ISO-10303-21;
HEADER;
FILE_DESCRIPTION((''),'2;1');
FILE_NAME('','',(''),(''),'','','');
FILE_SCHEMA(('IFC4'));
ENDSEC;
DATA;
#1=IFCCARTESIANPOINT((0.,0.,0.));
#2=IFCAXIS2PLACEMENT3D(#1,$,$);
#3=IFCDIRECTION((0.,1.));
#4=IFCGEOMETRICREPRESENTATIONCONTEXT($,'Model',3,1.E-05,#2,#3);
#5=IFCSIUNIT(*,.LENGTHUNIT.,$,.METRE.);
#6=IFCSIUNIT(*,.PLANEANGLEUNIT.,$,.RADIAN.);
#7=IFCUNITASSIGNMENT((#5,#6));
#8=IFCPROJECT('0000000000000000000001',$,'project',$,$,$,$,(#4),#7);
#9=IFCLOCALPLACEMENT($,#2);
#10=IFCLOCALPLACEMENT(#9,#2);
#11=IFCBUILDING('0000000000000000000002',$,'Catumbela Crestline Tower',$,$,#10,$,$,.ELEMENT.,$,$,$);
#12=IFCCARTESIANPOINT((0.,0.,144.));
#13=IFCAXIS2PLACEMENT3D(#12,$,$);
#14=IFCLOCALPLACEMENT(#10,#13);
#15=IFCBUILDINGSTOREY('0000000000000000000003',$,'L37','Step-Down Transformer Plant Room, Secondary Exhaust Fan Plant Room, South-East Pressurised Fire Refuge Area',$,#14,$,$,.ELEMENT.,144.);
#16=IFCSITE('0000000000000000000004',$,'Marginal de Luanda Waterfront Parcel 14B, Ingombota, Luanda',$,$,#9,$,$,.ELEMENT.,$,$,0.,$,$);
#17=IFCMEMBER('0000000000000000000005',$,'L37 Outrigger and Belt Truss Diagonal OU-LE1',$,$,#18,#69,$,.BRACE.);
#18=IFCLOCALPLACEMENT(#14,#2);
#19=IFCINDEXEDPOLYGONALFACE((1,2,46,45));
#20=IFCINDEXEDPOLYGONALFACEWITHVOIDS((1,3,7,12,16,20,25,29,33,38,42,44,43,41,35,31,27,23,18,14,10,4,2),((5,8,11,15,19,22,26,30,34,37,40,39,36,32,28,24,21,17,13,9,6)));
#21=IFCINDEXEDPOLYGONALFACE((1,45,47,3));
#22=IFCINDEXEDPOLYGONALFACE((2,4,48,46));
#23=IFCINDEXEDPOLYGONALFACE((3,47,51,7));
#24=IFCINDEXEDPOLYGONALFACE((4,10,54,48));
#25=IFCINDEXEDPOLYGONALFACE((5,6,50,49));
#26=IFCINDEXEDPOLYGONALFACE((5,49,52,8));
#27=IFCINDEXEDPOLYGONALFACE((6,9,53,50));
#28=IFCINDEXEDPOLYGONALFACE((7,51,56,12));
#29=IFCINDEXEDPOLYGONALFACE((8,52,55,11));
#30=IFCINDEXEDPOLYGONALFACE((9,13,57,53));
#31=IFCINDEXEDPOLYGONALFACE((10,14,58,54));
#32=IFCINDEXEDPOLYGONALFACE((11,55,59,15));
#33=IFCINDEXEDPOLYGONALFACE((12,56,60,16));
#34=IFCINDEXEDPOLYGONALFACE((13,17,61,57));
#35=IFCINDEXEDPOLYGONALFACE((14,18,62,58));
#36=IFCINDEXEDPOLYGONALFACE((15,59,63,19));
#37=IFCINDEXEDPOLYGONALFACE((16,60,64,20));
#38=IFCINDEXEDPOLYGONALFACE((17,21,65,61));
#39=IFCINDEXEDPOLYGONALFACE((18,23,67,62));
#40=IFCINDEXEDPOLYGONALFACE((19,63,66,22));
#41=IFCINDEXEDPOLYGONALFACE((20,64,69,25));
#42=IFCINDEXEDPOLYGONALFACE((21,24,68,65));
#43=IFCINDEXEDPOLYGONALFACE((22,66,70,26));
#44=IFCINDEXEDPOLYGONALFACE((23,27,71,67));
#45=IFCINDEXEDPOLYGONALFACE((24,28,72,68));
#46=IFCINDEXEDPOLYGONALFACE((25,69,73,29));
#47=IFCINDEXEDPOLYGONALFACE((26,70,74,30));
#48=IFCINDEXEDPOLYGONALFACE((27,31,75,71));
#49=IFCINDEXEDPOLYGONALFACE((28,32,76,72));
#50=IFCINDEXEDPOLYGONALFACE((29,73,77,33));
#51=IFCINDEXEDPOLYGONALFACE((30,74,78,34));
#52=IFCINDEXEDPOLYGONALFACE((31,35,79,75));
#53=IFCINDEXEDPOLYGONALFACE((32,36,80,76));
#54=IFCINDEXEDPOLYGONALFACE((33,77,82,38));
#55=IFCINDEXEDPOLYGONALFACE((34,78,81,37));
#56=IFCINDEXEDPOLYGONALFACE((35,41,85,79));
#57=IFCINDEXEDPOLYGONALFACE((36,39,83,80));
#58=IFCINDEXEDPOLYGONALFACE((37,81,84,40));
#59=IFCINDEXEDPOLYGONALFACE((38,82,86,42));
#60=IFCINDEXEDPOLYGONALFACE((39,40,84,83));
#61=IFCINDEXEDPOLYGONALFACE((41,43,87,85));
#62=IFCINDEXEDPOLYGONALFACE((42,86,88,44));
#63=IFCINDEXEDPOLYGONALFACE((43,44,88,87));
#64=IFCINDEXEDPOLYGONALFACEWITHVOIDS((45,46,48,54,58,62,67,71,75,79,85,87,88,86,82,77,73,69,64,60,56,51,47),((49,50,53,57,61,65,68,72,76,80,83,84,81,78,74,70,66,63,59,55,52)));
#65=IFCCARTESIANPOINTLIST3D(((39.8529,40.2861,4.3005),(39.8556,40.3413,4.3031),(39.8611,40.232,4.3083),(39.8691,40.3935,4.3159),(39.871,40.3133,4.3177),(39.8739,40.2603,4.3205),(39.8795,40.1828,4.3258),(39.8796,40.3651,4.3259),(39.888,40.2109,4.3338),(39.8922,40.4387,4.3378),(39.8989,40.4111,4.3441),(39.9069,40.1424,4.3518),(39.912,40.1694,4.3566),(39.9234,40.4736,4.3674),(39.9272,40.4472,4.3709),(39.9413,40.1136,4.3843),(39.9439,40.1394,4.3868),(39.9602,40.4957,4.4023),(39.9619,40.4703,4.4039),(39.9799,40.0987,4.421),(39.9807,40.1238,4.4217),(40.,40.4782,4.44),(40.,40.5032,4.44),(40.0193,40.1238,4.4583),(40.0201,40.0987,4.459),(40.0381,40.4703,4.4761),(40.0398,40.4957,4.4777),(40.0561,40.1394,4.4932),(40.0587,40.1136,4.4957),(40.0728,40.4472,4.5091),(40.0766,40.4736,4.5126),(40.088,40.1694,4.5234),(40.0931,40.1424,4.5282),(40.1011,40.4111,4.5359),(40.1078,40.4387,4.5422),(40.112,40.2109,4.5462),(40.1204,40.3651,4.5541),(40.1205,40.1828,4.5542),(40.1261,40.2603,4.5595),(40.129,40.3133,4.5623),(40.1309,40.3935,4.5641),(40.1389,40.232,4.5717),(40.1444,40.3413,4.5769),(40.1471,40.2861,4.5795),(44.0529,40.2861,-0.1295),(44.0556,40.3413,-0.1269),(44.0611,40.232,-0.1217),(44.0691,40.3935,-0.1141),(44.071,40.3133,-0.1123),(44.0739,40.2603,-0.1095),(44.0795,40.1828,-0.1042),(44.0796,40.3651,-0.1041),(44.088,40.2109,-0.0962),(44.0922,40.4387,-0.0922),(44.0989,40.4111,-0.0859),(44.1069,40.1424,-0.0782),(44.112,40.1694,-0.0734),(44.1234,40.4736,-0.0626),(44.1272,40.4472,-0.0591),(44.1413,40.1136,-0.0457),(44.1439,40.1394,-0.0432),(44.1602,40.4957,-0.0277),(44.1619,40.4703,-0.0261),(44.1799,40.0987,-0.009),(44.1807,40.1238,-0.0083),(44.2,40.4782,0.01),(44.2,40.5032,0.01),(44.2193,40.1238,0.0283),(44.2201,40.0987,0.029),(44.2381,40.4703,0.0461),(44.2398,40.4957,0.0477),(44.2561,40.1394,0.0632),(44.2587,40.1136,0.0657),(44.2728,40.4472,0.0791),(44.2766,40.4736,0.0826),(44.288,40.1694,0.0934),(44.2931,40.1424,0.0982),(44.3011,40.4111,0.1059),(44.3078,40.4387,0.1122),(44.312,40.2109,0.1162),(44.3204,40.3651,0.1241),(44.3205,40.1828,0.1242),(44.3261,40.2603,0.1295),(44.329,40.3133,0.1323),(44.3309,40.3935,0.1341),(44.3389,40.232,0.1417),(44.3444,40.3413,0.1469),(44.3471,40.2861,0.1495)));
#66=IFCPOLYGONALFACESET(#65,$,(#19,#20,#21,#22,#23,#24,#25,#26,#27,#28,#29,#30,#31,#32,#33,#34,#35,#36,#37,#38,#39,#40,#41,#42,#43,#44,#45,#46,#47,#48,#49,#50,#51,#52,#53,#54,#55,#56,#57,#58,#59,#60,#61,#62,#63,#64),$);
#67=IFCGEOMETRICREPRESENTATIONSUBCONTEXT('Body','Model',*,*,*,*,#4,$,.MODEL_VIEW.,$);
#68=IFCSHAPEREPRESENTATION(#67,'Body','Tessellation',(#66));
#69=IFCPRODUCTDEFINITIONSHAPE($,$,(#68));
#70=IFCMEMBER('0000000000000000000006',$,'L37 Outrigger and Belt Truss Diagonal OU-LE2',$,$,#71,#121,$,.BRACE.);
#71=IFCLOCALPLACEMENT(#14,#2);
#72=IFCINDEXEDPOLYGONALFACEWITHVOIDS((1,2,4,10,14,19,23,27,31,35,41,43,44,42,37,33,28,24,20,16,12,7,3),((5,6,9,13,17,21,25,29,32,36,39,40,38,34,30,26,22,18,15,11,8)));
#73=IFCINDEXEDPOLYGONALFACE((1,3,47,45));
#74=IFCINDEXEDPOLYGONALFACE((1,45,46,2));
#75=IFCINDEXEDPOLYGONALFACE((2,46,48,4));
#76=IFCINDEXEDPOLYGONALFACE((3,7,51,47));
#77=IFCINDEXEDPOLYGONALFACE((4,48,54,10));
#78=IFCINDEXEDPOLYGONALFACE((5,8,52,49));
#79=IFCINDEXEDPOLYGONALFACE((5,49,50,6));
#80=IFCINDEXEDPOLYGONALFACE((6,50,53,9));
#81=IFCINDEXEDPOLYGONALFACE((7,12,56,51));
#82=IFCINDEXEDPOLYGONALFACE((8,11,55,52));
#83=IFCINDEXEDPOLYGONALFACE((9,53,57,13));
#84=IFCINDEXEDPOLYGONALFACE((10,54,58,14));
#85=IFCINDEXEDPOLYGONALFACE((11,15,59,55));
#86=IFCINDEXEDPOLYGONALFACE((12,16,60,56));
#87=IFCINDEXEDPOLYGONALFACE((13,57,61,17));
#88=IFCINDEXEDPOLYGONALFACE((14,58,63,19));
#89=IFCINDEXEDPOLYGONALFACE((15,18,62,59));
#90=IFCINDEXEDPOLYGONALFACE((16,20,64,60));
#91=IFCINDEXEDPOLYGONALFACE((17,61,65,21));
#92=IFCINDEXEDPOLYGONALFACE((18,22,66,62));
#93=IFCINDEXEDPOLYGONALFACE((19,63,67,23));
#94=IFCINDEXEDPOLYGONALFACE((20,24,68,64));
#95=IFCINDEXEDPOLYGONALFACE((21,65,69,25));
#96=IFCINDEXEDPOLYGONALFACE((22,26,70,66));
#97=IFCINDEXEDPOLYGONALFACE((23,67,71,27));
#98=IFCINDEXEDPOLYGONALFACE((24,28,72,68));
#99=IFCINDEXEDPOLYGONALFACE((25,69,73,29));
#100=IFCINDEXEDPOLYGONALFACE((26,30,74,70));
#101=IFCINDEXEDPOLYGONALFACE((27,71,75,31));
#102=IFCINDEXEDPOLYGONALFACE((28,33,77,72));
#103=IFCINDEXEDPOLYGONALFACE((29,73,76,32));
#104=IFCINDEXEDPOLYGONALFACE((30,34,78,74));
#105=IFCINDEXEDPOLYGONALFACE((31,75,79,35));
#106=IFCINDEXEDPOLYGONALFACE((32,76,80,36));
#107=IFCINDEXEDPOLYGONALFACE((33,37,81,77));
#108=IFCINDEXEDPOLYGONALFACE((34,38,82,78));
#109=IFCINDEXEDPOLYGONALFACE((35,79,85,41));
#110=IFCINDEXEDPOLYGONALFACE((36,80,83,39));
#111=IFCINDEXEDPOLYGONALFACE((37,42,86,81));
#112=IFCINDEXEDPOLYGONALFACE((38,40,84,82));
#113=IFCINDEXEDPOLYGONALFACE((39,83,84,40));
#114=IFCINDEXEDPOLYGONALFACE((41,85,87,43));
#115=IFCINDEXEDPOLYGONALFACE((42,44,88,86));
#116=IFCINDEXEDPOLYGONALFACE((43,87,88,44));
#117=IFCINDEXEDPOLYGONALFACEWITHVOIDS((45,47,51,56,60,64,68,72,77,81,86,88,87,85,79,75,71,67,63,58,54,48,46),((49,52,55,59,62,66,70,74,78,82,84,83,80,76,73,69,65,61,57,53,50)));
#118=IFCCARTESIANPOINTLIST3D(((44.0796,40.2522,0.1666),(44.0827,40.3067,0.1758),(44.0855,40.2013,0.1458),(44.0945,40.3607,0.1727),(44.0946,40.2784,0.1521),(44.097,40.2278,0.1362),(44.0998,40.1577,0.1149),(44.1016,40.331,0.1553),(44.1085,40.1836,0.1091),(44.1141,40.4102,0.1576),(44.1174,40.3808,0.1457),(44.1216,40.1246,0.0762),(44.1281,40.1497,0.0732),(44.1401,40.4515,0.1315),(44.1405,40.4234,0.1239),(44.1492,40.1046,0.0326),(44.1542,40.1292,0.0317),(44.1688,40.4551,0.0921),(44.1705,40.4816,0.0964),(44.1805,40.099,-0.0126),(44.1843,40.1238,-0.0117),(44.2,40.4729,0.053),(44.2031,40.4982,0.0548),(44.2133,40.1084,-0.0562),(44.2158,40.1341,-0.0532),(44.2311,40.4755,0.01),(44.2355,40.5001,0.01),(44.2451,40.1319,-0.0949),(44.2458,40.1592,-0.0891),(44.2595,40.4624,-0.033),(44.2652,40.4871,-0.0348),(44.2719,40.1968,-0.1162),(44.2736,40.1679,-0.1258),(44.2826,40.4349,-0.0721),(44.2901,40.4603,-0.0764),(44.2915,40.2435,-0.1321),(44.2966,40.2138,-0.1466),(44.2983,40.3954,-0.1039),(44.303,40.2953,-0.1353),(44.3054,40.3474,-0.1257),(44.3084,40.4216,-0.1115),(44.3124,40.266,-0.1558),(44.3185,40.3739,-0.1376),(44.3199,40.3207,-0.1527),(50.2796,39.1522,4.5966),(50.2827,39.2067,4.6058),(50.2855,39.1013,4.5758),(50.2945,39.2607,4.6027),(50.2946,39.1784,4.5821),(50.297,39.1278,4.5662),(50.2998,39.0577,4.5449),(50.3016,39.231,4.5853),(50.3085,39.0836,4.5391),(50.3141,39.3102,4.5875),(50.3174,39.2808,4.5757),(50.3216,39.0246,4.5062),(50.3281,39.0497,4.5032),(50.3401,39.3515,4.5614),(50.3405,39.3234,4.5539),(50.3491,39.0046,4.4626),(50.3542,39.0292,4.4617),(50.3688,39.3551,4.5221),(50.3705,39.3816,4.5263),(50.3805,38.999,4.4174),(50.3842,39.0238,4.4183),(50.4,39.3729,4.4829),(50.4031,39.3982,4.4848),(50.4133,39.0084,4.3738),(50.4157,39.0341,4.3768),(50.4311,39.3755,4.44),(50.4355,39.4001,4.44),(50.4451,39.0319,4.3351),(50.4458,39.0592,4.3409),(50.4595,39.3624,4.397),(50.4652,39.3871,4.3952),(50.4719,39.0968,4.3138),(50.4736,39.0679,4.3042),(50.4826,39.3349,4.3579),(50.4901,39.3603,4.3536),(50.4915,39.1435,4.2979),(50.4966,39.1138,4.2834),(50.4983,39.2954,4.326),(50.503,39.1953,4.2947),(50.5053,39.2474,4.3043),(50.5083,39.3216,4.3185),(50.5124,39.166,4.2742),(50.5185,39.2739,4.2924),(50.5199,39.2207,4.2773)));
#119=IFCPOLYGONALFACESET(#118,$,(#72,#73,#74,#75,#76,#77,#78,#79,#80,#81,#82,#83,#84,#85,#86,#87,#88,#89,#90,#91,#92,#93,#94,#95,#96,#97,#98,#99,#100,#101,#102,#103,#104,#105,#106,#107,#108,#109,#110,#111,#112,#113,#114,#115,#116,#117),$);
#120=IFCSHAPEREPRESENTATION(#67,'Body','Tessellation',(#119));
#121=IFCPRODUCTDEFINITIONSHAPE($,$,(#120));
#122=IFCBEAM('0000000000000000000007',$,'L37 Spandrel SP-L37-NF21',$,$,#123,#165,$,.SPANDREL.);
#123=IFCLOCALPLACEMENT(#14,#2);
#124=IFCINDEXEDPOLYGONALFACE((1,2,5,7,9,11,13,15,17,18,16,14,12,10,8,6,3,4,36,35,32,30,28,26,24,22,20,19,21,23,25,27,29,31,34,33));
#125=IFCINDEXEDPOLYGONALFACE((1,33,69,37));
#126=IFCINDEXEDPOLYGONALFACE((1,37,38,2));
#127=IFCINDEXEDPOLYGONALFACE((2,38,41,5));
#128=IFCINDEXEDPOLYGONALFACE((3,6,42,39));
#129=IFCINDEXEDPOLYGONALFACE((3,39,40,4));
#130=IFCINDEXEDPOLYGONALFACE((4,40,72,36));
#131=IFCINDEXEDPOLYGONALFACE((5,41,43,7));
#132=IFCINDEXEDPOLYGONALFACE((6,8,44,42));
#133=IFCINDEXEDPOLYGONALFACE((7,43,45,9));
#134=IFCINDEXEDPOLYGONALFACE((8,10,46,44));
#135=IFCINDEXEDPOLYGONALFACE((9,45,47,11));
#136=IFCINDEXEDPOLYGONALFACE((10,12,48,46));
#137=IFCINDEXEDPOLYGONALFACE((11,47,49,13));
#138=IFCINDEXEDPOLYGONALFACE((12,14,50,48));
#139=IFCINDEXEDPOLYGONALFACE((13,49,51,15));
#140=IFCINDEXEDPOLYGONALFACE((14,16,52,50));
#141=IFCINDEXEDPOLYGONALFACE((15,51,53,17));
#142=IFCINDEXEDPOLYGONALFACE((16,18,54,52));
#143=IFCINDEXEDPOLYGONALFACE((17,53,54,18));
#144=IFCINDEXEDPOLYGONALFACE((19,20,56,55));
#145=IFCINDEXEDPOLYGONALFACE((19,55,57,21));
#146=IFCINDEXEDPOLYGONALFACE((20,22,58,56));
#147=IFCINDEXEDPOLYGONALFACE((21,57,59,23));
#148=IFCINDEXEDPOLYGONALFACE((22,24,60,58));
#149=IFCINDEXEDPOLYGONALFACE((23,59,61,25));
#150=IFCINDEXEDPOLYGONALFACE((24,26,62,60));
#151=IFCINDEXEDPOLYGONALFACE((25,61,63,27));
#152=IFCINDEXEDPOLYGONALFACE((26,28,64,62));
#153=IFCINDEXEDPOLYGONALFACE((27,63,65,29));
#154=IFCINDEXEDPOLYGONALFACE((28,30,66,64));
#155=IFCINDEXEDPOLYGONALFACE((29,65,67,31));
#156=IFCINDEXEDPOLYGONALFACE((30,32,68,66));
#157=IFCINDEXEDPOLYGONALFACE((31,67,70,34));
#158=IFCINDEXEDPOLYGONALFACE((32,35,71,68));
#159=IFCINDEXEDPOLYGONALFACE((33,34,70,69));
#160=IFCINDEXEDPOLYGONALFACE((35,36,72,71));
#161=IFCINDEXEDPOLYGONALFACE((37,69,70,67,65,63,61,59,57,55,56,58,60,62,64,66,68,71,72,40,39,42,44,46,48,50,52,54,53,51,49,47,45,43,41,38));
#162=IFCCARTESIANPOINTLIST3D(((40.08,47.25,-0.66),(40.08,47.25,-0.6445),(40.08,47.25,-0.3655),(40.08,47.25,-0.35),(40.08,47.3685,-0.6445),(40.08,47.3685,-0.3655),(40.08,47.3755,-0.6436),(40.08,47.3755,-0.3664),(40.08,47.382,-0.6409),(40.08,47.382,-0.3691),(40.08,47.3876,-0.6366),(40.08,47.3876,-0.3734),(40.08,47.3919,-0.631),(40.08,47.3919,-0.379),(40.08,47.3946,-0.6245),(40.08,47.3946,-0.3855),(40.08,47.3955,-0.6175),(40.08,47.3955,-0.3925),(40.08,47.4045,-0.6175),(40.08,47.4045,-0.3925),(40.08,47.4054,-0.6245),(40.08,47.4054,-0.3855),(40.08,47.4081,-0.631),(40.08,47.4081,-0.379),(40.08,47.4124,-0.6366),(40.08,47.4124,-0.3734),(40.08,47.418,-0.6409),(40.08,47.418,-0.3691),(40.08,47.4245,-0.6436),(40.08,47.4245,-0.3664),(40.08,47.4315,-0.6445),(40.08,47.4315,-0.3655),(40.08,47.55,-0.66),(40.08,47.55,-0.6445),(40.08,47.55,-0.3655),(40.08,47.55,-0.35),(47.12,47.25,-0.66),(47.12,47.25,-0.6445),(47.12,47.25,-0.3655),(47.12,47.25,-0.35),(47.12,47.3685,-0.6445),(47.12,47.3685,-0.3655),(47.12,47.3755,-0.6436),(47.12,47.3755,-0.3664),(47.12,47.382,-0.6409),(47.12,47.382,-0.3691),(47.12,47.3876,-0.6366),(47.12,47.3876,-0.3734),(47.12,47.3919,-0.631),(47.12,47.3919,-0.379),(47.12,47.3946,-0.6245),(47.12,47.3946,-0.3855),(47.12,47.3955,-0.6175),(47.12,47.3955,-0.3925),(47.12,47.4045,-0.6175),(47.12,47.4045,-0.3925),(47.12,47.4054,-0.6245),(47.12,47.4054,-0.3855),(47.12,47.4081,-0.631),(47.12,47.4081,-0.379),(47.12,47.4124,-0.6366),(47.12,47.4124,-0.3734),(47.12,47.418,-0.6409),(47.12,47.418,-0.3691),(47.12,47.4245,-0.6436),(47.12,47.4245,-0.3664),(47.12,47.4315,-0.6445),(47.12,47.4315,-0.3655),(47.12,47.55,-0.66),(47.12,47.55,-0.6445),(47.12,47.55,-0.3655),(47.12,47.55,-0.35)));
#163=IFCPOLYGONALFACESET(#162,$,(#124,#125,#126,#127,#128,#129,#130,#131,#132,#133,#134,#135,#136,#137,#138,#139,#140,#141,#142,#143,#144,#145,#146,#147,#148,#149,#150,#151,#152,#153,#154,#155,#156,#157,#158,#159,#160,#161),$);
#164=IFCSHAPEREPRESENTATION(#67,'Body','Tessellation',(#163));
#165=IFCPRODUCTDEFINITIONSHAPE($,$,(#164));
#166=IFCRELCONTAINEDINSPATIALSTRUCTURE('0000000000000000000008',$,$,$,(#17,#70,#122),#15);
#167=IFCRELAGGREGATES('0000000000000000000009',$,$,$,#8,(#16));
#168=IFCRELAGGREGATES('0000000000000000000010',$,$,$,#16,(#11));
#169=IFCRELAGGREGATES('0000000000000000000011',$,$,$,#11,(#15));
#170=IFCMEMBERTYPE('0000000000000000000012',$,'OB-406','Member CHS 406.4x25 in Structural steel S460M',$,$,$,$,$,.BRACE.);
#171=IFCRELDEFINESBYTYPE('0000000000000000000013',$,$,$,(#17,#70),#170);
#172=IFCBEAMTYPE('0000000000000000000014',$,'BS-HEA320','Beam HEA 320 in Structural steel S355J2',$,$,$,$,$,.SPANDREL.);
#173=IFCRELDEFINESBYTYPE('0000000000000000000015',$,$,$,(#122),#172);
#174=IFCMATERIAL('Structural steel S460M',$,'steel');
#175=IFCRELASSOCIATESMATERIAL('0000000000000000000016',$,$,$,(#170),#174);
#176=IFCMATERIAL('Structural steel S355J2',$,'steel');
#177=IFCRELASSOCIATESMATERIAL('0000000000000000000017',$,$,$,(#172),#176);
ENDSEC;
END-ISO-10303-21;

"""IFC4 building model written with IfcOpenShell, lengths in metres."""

from ifc_helpers import new_model, si_unit, direction, frame, origin, origin_2d, place, context, subcontext, project, spatial, hollow_circle, i_section, extrude, material, material_profile, profile_set, type_object, element, save


model = new_model("IFC4")

# Units and contexts
model_context = context("Model", 3, precision=1e-05, world=origin(), true_north=direction((0.0, 1.0)))
body_context = subcontext(model_context, "Body", "Model", "MODEL_VIEW")
ifc_project = project(units=[si_unit("LENGTHUNIT", "METRE"), si_unit("PLANEANGLEUNIT", "RADIAN")], contexts=[model_context])

# Site, building, storey
site_placement = place(None, origin())
site = spatial("IfcSite", under=ifc_project, at=site_placement, Name="Marginal de Luanda Waterfront Parcel 14B, Ingombota, Luanda", CompositionType="ELEMENT", RefElevation=0.0)
building_placement = place(site_placement, origin())
building = spatial("IfcBuilding", under=site, at=building_placement, Name="Catumbela Crestline Tower", CompositionType="ELEMENT")
storey_placement = place(building_placement, frame((0.0, 0.0, 144.0)))
storey = spatial("IfcBuildingStorey", under=building, at=storey_placement, Name="L37", Description="Step-Down Transformer Plant Room, Secondary Exhaust Fan Plant Room, South-East Pressurised Fire Refuge Area", CompositionType="ELEMENT", Elevation=144.0)

# Shared definitions
ifc_material_1 = material(Name="Structural steel S460M", Category="steel")

# Shared definitions
ifc_material_2 = material(Name="Structural steel S355J2", Category="steel")

# Members
ifc_material_profile_1 = material_profile(ifc_material_1, hollow_circle(Radius=0.2032, WallThickness=0.025, at=origin_2d()), Name="CHS 406.4x25")
ifc_profile_set_1 = profile_set([ifc_material_profile_1], Name="Structural steel S460M")
member_type = type_object("IfcMemberType", Name="OB-406", Description="Member CHS 406.4x25 in Structural steel S460M", PredefinedType="BRACE", material=ifc_profile_set_1)
member_1_placement = place(storey_placement, frame((40.0, 40.3, 4.44), z_axis=(0.688017, 0.0, -0.725694), x_axis=(0.0, 1.0, 0.0)))
element("IfcMember", 1, at=member_1_placement, inside=storey, type_object=member_type, Name="L37 Outrigger and Belt Truss Diagonal OU-LE1", PredefinedType="BRACE", context=body_context, shape_type="SweptSolid", body=[
    extrude(hollow_circle(Radius=0.2032, WallThickness=0.025, at=origin_2d()), origin(), (0.0, 0.0, 1.0), 6.1045),
])
member_2_placement = place(storey_placement, frame((44.2, 40.3, 0.01), z_axis=(0.805297, -0.142875, 0.575398), x_axis=(0.174691, 0.984623, 0.0)))
element("IfcMember", 2, at=member_2_placement, inside=storey, type_object=member_type, Name="L37 Outrigger and Belt Truss Diagonal OU-LE2", PredefinedType="BRACE", context=body_context, shape_type="SweptSolid", body=[
    extrude(hollow_circle(Radius=0.2032, WallThickness=0.025, at=origin_2d()), origin(), (0.0, 0.0, 1.0), 7.699),
])

# Beam
ifc_material_profile_2 = material_profile(ifc_material_2, i_section(OverallWidth=0.3, OverallDepth=0.31, WebThickness=0.009, FlangeThickness=0.0155, FilletRadius=0.027, at=origin_2d()), Name="HEA 320")
ifc_profile_set_2 = profile_set([ifc_material_profile_2], Name="Structural steel S355J2")
beam_type_1 = type_object("IfcBeamType", Name="BS-HEA320", Description="Beam HEA 320 in Structural steel S355J2", PredefinedType="SPANDREL", material=ifc_profile_set_2)
beam_1_placement = place(storey_placement, frame((40.08, 47.4, -0.505), z_axis=(1.0, 0.0, 0.0), x_axis=(0.0, 1.0, 0.0)))
element("IfcBeam", 3, at=beam_1_placement, inside=storey, type_object=beam_type_1, Name="L37 Spandrel SP-L37-NF21", PredefinedType="SPANDREL", context=body_context, shape_type="SweptSolid", body=[
    extrude(i_section(OverallWidth=0.3, OverallDepth=0.31, WebThickness=0.009, FlangeThickness=0.0155, FilletRadius=0.027, at=origin_2d()), origin(), (0.0, 0.0, 1.0), 7.04),
])

save(model, "model.ifc")
